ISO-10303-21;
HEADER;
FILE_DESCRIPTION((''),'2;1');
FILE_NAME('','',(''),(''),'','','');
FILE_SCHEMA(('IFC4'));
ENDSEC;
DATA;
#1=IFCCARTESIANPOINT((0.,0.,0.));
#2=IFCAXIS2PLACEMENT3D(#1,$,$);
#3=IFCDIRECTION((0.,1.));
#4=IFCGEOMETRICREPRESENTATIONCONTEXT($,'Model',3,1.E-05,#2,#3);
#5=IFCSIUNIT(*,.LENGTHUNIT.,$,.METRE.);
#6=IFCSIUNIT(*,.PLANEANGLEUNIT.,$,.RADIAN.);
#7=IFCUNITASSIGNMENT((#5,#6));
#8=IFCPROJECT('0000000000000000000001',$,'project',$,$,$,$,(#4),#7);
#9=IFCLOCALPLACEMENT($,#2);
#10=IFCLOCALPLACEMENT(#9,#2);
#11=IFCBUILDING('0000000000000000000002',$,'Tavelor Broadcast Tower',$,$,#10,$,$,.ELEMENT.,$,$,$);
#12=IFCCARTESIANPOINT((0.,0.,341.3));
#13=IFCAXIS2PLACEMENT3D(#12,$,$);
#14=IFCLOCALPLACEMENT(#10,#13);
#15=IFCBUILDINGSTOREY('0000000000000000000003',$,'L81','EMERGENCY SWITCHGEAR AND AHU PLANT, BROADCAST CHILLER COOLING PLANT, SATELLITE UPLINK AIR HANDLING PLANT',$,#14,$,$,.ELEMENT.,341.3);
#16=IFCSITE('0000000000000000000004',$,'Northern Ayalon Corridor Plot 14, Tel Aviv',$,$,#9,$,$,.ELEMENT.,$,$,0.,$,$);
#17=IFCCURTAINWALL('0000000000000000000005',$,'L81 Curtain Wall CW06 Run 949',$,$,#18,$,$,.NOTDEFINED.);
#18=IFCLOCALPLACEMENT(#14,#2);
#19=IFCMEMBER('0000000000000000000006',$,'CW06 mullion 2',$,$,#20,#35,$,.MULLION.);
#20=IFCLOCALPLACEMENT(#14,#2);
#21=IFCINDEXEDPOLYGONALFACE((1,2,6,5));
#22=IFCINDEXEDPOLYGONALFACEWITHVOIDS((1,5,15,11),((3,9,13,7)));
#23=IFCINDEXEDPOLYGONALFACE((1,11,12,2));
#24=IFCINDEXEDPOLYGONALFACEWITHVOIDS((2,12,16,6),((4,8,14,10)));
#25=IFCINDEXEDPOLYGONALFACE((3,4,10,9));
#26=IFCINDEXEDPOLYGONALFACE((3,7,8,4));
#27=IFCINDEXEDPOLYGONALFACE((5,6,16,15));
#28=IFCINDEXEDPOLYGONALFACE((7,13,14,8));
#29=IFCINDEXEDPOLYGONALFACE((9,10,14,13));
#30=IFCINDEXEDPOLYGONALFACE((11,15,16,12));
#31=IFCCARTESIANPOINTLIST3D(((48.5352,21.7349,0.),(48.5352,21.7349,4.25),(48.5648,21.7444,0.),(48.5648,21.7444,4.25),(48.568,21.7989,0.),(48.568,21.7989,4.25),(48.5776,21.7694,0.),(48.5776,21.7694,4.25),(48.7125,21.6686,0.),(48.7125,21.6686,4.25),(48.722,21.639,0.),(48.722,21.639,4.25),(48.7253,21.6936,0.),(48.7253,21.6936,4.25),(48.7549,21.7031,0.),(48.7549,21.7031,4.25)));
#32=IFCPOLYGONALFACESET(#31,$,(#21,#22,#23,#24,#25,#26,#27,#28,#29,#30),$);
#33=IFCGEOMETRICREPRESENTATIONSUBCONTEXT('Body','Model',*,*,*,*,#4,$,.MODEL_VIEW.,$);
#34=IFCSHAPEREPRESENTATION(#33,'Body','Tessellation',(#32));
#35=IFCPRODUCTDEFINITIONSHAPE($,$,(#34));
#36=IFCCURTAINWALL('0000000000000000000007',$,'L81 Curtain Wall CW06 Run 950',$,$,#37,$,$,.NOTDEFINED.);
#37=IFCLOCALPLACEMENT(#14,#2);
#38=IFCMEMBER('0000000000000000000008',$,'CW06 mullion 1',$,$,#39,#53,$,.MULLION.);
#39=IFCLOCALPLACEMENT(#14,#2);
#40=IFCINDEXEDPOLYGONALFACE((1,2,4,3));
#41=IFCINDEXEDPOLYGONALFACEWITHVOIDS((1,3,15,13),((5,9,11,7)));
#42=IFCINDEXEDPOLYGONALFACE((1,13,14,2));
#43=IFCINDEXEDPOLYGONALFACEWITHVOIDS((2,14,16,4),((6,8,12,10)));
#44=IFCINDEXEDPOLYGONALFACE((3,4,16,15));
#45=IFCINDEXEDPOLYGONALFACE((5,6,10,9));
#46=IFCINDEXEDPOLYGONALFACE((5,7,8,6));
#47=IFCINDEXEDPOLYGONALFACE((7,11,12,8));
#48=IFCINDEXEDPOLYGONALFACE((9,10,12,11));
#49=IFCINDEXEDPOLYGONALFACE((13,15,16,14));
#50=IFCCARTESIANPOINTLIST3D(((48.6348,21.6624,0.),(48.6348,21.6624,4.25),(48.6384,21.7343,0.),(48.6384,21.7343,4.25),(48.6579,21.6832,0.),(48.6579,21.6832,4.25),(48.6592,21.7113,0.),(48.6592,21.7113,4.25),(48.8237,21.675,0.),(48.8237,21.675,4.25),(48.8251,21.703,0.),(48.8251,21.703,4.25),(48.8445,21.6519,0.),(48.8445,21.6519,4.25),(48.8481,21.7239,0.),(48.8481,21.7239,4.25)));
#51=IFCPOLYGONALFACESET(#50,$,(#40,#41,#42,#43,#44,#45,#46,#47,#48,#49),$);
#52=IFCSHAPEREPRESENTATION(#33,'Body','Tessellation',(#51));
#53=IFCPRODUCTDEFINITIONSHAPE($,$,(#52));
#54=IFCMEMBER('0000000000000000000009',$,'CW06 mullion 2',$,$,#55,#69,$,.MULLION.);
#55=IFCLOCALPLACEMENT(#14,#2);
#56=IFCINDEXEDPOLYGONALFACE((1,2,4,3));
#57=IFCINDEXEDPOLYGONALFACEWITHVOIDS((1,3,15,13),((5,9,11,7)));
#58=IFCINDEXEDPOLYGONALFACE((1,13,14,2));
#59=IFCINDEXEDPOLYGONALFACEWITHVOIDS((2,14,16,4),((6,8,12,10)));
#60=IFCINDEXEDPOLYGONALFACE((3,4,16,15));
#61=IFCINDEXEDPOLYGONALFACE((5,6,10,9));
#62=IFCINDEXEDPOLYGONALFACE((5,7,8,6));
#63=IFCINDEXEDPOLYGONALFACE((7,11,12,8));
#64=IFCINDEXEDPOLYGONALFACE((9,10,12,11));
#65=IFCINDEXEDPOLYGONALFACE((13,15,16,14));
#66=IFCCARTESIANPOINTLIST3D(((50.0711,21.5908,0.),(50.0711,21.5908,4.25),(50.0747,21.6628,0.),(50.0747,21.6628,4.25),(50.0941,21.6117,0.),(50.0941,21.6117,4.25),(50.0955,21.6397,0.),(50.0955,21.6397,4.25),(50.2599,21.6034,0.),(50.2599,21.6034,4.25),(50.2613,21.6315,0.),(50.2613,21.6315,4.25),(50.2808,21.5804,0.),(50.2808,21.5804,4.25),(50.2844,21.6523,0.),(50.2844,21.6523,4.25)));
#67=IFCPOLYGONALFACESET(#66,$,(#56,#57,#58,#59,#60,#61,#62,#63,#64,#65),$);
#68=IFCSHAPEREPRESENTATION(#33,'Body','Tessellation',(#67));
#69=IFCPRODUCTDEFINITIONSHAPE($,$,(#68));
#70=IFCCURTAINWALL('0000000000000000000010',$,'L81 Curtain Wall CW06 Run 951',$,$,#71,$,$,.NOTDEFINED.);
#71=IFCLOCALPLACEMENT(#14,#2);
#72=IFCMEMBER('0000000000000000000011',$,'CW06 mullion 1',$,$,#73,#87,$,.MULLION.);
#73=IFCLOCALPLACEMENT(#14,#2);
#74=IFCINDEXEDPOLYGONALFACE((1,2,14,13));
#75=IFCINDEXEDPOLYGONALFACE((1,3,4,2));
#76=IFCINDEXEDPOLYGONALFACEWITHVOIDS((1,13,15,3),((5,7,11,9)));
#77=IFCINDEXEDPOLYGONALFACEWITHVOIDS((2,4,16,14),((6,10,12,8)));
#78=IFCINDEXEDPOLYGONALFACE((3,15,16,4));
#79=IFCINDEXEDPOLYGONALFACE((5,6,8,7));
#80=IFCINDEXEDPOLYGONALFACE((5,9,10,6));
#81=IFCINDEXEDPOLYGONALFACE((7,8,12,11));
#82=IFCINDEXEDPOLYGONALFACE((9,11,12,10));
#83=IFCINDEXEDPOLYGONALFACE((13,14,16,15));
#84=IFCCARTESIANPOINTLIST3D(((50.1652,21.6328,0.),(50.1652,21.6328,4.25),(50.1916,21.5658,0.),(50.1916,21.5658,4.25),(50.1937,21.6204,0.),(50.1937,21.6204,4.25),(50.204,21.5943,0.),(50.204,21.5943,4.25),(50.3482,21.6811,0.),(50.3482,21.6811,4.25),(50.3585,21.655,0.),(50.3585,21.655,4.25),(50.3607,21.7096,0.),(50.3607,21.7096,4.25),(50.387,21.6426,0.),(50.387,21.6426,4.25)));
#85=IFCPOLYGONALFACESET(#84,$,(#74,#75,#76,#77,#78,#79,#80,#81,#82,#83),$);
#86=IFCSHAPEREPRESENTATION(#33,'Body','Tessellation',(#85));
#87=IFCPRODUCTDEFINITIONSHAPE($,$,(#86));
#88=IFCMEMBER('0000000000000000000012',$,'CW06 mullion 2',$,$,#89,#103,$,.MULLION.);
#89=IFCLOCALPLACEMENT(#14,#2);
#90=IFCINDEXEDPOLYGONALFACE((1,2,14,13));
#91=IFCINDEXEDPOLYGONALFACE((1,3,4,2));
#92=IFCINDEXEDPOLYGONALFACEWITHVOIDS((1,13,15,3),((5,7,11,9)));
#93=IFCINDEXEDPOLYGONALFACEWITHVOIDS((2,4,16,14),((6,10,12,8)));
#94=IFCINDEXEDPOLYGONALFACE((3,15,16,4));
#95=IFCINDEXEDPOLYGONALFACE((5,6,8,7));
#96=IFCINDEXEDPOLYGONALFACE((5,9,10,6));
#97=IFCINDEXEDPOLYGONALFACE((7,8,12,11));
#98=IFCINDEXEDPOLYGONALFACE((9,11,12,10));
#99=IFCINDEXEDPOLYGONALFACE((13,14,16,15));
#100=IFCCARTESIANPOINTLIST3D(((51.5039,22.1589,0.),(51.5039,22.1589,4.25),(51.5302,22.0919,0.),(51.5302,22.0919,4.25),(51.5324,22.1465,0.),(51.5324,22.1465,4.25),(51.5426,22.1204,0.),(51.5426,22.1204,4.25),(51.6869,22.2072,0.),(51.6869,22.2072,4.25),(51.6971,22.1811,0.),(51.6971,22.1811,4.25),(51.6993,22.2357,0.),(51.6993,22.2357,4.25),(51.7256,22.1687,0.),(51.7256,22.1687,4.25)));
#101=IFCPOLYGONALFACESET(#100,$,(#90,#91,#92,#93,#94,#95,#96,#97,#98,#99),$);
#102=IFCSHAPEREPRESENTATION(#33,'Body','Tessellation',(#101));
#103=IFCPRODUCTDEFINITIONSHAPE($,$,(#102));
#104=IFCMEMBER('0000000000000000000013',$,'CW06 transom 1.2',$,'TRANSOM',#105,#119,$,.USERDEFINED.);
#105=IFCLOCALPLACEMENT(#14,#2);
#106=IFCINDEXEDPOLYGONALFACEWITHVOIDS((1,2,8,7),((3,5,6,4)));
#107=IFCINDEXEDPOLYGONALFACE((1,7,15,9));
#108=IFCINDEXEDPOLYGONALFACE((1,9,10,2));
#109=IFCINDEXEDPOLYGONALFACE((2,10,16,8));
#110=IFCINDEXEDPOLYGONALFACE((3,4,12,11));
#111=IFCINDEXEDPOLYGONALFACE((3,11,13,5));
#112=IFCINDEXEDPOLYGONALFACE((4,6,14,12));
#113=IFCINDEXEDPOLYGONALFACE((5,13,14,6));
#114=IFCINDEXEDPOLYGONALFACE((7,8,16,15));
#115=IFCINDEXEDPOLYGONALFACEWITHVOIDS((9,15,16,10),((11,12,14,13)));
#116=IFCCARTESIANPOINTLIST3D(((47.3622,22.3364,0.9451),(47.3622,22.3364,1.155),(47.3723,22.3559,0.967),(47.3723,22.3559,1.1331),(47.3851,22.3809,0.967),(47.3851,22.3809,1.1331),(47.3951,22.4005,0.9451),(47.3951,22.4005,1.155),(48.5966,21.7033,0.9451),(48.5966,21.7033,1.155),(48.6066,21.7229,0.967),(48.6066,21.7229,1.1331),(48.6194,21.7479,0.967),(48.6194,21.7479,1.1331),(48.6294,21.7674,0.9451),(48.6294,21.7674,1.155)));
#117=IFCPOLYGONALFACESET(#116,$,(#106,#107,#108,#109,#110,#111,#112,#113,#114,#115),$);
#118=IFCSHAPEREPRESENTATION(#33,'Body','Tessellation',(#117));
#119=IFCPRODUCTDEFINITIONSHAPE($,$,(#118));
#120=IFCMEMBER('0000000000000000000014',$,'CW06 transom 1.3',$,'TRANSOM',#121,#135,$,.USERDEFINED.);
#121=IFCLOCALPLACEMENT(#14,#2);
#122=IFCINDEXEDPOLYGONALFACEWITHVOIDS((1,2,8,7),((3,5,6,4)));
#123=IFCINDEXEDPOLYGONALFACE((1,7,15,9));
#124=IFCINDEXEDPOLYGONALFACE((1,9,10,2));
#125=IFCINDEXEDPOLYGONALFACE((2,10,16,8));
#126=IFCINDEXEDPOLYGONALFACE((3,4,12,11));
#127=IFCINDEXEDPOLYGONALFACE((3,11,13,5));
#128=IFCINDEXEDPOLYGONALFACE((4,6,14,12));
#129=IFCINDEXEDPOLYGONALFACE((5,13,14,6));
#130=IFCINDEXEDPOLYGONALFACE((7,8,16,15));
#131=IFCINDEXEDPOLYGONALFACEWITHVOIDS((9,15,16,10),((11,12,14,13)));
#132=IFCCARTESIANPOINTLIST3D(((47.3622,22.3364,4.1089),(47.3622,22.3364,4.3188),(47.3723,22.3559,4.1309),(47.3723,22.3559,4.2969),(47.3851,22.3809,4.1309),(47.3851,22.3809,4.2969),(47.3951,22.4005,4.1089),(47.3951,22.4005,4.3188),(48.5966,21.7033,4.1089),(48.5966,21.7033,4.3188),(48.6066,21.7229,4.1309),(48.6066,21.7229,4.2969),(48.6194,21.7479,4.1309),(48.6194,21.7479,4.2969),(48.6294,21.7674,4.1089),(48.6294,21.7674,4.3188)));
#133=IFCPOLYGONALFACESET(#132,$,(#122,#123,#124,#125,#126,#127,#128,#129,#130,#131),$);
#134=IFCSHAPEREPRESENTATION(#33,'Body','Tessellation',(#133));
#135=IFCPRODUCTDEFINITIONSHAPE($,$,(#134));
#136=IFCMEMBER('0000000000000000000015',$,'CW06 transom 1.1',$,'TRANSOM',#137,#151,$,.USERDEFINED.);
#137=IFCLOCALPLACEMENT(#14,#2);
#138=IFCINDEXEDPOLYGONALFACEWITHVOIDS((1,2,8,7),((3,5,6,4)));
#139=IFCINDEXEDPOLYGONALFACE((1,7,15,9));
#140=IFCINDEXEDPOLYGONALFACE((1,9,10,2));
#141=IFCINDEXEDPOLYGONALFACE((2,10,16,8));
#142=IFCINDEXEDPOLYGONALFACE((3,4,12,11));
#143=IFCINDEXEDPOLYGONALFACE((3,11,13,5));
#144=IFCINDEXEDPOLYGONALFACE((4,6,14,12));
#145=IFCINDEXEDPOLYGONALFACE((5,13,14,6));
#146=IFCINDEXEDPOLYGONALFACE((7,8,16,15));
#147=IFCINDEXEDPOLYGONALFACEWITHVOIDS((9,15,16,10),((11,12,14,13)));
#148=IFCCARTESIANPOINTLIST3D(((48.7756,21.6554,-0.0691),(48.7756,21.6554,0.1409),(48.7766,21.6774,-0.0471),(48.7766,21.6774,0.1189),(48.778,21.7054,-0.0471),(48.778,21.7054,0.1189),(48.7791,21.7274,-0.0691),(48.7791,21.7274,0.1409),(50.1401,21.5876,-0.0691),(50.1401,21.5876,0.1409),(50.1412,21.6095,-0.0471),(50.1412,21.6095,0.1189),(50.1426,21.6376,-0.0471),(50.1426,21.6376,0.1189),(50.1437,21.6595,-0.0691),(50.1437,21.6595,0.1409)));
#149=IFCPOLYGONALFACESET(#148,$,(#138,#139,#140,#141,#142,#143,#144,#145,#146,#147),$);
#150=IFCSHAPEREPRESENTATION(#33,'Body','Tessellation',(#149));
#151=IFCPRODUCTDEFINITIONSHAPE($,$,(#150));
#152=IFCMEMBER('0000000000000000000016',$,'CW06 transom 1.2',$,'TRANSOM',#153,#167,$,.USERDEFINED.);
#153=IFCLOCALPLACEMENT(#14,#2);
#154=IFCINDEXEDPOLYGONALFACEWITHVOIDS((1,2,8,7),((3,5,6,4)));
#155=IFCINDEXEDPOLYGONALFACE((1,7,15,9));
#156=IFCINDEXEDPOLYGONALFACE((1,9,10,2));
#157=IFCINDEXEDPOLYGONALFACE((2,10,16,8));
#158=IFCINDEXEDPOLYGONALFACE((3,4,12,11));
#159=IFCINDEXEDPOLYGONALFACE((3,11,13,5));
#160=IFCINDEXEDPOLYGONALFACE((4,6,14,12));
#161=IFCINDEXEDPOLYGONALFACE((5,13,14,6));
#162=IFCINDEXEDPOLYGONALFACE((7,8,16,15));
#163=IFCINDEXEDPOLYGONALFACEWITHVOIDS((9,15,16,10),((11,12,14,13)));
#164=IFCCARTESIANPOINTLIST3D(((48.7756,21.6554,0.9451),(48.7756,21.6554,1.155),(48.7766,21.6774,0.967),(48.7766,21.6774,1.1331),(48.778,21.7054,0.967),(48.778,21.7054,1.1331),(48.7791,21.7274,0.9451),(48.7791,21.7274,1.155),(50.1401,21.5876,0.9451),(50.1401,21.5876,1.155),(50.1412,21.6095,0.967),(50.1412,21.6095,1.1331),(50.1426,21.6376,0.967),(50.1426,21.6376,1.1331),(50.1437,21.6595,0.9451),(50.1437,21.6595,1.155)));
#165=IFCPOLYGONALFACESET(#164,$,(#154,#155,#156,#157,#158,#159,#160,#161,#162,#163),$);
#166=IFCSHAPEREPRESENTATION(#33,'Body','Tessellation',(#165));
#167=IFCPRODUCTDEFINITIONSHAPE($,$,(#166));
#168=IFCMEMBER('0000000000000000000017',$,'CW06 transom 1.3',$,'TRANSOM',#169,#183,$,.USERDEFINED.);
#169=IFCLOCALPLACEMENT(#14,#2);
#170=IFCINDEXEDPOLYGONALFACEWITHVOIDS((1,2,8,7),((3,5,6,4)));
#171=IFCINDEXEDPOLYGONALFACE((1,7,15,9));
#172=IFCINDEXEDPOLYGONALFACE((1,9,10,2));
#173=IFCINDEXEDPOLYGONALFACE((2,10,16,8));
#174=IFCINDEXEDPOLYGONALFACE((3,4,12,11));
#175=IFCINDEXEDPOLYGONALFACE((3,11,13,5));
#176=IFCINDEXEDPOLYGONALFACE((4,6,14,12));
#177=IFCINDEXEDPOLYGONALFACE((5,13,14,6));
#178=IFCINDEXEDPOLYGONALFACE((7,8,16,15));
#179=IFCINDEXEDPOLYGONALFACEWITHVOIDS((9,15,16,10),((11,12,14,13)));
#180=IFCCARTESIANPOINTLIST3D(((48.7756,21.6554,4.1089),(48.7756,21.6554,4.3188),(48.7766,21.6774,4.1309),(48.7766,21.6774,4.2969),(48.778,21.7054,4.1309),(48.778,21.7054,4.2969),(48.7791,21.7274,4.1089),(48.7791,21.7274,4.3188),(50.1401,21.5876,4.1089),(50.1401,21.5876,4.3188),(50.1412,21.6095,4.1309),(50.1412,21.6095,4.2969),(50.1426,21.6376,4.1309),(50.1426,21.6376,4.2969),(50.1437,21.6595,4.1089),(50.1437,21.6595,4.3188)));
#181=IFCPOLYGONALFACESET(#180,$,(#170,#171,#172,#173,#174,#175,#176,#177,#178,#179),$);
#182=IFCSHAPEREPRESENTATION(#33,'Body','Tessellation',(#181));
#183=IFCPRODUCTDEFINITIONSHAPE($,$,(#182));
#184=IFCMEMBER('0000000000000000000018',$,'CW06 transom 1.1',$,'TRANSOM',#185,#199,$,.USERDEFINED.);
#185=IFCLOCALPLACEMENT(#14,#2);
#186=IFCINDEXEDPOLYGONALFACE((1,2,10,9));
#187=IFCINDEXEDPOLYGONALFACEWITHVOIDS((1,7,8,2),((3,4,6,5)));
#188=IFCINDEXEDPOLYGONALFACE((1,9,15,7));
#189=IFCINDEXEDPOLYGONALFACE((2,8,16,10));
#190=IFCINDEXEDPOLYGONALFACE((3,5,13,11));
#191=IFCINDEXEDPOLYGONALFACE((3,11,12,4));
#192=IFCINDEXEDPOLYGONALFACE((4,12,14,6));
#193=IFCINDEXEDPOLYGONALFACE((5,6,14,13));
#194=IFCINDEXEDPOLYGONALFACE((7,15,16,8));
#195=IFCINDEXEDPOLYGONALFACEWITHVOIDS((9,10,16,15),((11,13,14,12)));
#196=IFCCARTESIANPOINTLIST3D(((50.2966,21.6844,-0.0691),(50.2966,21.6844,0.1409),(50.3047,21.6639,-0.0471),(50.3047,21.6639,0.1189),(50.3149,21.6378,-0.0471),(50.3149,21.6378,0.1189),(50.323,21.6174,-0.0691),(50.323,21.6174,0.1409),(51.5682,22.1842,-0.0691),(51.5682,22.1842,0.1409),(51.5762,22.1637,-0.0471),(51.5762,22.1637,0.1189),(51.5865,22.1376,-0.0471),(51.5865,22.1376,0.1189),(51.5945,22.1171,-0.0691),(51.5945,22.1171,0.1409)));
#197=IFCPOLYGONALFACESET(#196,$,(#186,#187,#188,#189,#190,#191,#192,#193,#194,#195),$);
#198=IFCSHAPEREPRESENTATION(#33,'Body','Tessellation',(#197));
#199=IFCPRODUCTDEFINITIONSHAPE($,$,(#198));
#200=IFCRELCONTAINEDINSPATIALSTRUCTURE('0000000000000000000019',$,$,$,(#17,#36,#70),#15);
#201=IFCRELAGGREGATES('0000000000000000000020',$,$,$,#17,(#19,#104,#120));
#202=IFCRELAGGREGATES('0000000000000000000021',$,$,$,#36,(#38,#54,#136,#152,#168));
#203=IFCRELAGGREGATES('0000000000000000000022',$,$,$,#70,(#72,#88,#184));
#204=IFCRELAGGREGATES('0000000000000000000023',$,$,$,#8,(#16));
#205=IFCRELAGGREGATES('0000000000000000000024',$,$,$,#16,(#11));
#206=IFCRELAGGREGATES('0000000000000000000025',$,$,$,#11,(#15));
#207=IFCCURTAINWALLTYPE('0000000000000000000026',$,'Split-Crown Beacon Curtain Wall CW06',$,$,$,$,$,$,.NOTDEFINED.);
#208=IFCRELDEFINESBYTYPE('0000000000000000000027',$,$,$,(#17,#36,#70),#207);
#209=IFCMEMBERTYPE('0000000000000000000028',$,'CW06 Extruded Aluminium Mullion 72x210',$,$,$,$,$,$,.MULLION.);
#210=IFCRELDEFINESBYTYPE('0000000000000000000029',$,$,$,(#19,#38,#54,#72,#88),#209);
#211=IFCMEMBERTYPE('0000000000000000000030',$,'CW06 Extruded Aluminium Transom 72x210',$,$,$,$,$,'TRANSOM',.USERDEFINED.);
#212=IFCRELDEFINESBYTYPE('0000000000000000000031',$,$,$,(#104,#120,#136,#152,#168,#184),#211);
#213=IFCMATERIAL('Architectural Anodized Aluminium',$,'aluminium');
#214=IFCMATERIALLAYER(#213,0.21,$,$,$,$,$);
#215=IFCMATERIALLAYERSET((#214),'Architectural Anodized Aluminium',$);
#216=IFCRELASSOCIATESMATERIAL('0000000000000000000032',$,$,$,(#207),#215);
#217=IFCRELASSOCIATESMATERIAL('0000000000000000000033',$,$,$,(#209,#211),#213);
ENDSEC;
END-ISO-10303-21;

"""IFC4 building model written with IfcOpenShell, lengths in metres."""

from ifc_helpers import new_model, si_unit, direction, frame, origin, origin_2d, place, context, subcontext, project, spatial, hollow_rectangle, extrude, source, transform, mapped, material, layer, layer_set, material_profile, profile_set, type_object, type_shapes, element, aggregate, save


model = new_model("IFC4")

# Units and contexts
model_context = context("Model", 3, precision=1e-05, world=origin(), true_north=direction((0.0, 1.0)))
body_context = subcontext(model_context, "Body", "Model", "MODEL_VIEW")
ifc_project = project(units=[si_unit("LENGTHUNIT", "METRE"), si_unit("PLANEANGLEUNIT", "RADIAN")], contexts=[model_context])

# Site, building, storey
site_placement = place(None, origin())
site = spatial("IfcSite", under=ifc_project, at=site_placement, Name="Northern Ayalon Corridor Plot 14, Tel Aviv", CompositionType="ELEMENT", RefElevation=0.0)
building_placement = place(site_placement, origin())
building = spatial("IfcBuilding", under=site, at=building_placement, Name="Tavelor Broadcast Tower", CompositionType="ELEMENT")
storey_placement = place(building_placement, frame((0.0, 0.0, 341.3)))
storey = spatial("IfcBuildingStorey", under=building, at=storey_placement, Name="L81", Description="EMERGENCY SWITCHGEAR AND AHU PLANT, BROADCAST CHILLER COOLING PLANT, SATELLITE UPLINK AIR HANDLING PLANT", CompositionType="ELEMENT", Elevation=341.3)

# Curtain wall, member
ifc_material_1 = material(Name="Architectural Anodized Aluminium", Category="aluminium")
ifc_layer_1 = layer(ifc_material_1, 0.21)
ifc_layer_set_1 = layer_set([ifc_layer_1], Name="Architectural Anodized Aluminium")
curtain_wall_type = type_object("IfcCurtainWallType", Name="Split-Crown Beacon Curtain Wall CW06", PredefinedType="NOTDEFINED", material=ifc_layer_set_1)
curtain_wall_1_placement = place(storey_placement, origin())
curtain_wall_1 = element("IfcCurtainWall", 1, at=curtain_wall_1_placement, inside=storey, type_object=curtain_wall_type, Name="L81 Curtain Wall CW06 Run 949", PredefinedType="NOTDEFINED")
ifc_material_profile_1 = material_profile(ifc_material_1, hollow_rectangle(XDim=0.072, YDim=0.21, WallThickness=0.022, at=origin_2d()), Name="RHS 72x210x22")
ifc_profile_set_1 = profile_set([ifc_material_profile_1], Name="Architectural Anodized Aluminium")
member_type_1 = type_object("IfcMemberType", Name="CW06 Extruded Aluminium Mullion 72x210", PredefinedType="MULLION", material=ifc_profile_set_1)
shared_shape_1 = source(origin(), body_context, "Body", "SweptSolid", [
    extrude(hollow_rectangle(XDim=0.072, YDim=0.21, WallThickness=0.022, at=origin_2d()), origin(), (0.0, 0.0, 1.0), 4.25),
])
type_shapes(member_type_1, [shared_shape_1])
member_1_placement = place(storey_placement, frame((48.645, 21.719, 0.0), z_axis=(0.0, 0.0, 1.0), x_axis=(0.456334, 0.889809, 0.0)))
member_1 = element("IfcMember", 2, at=member_1_placement, type_object=member_type_1, Name="CW06 mullion 2", PredefinedType="MULLION", context=body_context, shape_type="MappedRepresentation", body=[
    mapped(shared_shape_1, transform((0.0, 0.0, 0.0), scale=1.0)),
])

# Curtain walls, members
curtain_wall_2_placement = place(storey_placement, origin())
curtain_wall_2 = element("IfcCurtainWall", 3, at=curtain_wall_2_placement, inside=storey, type_object=curtain_wall_type, Name="L81 Curtain Wall CW06 Run 950", PredefinedType="NOTDEFINED")
member_2_placement = place(storey_placement, frame((48.7415, 21.6931, 0.0), z_axis=(0.0, 0.0, 1.0), x_axis=(0.049726, 0.998763, 0.0)))
member_2 = element("IfcMember", 4, at=member_2_placement, type_object=member_type_1, Name="CW06 mullion 1", PredefinedType="MULLION", context=body_context, shape_type="MappedRepresentation", body=[
    mapped(shared_shape_1, transform((0.0, 0.0, 0.0), scale=1.0)),
])
member_3_placement = place(storey_placement, frame((50.1777, 21.6216, 0.0), z_axis=(0.0, 0.0, 1.0), x_axis=(0.049726, 0.998763, 0.0)))
member_3 = element("IfcMember", 5, at=member_3_placement, type_object=member_type_1, Name="CW06 mullion 2", PredefinedType="MULLION", context=body_context, shape_type="MappedRepresentation", body=[
    mapped(shared_shape_1, transform((0.0, 0.0, 0.0), scale=1.0)),
])
curtain_wall_3_placement = place(storey_placement, origin())
curtain_wall_3 = element("IfcCurtainWall", 6, at=curtain_wall_3_placement, inside=storey, type_object=curtain_wall_type, Name="L81 Curtain Wall CW06 Run 951", PredefinedType="NOTDEFINED")
member_4_placement = place(storey_placement, frame((50.2761, 21.6377, 0.0), z_axis=(0.0, 0.0, 1.0), x_axis=(-0.36571, 0.930729, 0.0)))
member_4 = element("IfcMember", 7, at=member_4_placement, type_object=member_type_1, Name="CW06 mullion 1", PredefinedType="MULLION", context=body_context, shape_type="MappedRepresentation", body=[
    mapped(shared_shape_1, transform((0.0, 0.0, 0.0), scale=1.0)),
])
member_5_placement = place(storey_placement, frame((51.6147, 22.1638, 0.0), z_axis=(0.0, 0.0, 1.0), x_axis=(-0.36571, 0.930729, 0.0)))
member_5 = element("IfcMember", 8, at=member_5_placement, type_object=member_type_1, Name="CW06 mullion 2", PredefinedType="MULLION", context=body_context, shape_type="MappedRepresentation", body=[
    mapped(shared_shape_1, transform((0.0, 0.0, 0.0), scale=1.0)),
])

# Members
ifc_material_profile_2 = material_profile(ifc_material_1, hollow_rectangle(XDim=0.072, YDim=0.21, WallThickness=0.022, at=origin_2d()), Name="RHS 72x210x22")
ifc_profile_set_2 = profile_set([ifc_material_profile_2], Name="Architectural Anodized Aluminium")
member_type_2 = type_object("IfcMemberType", Name="CW06 Extruded Aluminium Transom 72x210", ElementType="TRANSOM", PredefinedType="USERDEFINED", material=ifc_profile_set_2)
shared_shape_2 = source(origin(), body_context, "Body", "SweptSolid", [
    extrude(hollow_rectangle(XDim=0.072, YDim=0.21, WallThickness=0.022, at=origin_2d()), origin(), (0.0, 0.0, 1.0), 1.3872),
])
member_6_placement = place(storey_placement, frame((47.3787, 22.3684, 1.05), z_axis=(0.889805, -0.456342, 0.0), x_axis=(0.456342, 0.889805, 0.0)))
member_6 = element("IfcMember", 9, at=member_6_placement, type_object=member_type_2, Name="CW06 transom 1.2", ObjectType="TRANSOM", PredefinedType="USERDEFINED", context=body_context, shape_type="MappedRepresentation", body=[
    mapped(shared_shape_2, transform((0.0, 0.0, 0.0), scale=1.0)),
])
member_7_placement = place(storey_placement, frame((47.3787, 22.3684, 4.2139), z_axis=(0.889805, -0.456342, 0.0), x_axis=(0.456342, 0.889805, 0.0)))
member_7 = element("IfcMember", 10, at=member_7_placement, type_object=member_type_2, Name="CW06 transom 1.3", ObjectType="TRANSOM", PredefinedType="USERDEFINED", context=body_context, shape_type="MappedRepresentation", body=[
    mapped(shared_shape_2, transform((0.0, 0.0, 0.0), scale=1.0)),
])
shared_shape_3 = source(origin(), body_context, "Body", "SweptSolid", [
    extrude(hollow_rectangle(XDim=0.072, YDim=0.21, WallThickness=0.022, at=origin_2d()), origin(), (0.0, 0.0, 1.0), 1.3662),
])
type_shapes(member_type_2, [shared_shape_2, shared_shape_3])
member_8_placement = place(storey_placement, frame((48.7773, 21.6914, 0.0359), z_axis=(0.998765, -0.049679, 0.0), x_axis=(0.049679, 0.998765, 0.0)))
member_8 = element("IfcMember", 11, at=member_8_placement, type_object=member_type_2, Name="CW06 transom 1.1", ObjectType="TRANSOM", PredefinedType="USERDEFINED", context=body_context, shape_type="MappedRepresentation", body=[
    mapped(shared_shape_3, transform((0.0, 0.0, 0.0), scale=1.0)),
])
member_9_placement = place(storey_placement, frame((48.7773, 21.6914, 1.05), z_axis=(0.998765, -0.049679, 0.0), x_axis=(0.049679, 0.998765, 0.0)))
member_9 = element("IfcMember", 12, at=member_9_placement, type_object=member_type_2, Name="CW06 transom 1.2", ObjectType="TRANSOM", PredefinedType="USERDEFINED", context=body_context, shape_type="MappedRepresentation", body=[
    mapped(shared_shape_3, transform((0.0, 0.0, 0.0), scale=1.0)),
])
member_10_placement = place(storey_placement, frame((48.7773, 21.6914, 4.2139), z_axis=(0.998765, -0.049679, 0.0), x_axis=(0.049679, 0.998765, 0.0)))
member_10 = element("IfcMember", 13, at=member_10_placement, type_object=member_type_2, Name="CW06 transom 1.3", ObjectType="TRANSOM", PredefinedType="USERDEFINED", context=body_context, shape_type="MappedRepresentation", body=[
    mapped(shared_shape_3, transform((0.0, 0.0, 0.0), scale=1.0)),
])
member_11_placement = place(storey_placement, frame((50.3098, 21.6509, 0.0359), z_axis=(0.930691, 0.365807, 0.0), x_axis=(-0.365807, 0.930691, 0.0)))
member_11 = element("IfcMember", 14, at=member_11_placement, type_object=member_type_2, Name="CW06 transom 1.1", ObjectType="TRANSOM", PredefinedType="USERDEFINED", context=body_context, shape_type="MappedRepresentation", body=[
    mapped(shared_shape_3, transform((0.0, 0.0, 0.0), scale=1.0)),
])

aggregate(curtain_wall_1, [member_1, member_6, member_7])
aggregate(curtain_wall_2, [member_2, member_3, member_8, member_9, member_10])
aggregate(curtain_wall_3, [member_4, member_5, member_11])

save(model, "model.ifc")
